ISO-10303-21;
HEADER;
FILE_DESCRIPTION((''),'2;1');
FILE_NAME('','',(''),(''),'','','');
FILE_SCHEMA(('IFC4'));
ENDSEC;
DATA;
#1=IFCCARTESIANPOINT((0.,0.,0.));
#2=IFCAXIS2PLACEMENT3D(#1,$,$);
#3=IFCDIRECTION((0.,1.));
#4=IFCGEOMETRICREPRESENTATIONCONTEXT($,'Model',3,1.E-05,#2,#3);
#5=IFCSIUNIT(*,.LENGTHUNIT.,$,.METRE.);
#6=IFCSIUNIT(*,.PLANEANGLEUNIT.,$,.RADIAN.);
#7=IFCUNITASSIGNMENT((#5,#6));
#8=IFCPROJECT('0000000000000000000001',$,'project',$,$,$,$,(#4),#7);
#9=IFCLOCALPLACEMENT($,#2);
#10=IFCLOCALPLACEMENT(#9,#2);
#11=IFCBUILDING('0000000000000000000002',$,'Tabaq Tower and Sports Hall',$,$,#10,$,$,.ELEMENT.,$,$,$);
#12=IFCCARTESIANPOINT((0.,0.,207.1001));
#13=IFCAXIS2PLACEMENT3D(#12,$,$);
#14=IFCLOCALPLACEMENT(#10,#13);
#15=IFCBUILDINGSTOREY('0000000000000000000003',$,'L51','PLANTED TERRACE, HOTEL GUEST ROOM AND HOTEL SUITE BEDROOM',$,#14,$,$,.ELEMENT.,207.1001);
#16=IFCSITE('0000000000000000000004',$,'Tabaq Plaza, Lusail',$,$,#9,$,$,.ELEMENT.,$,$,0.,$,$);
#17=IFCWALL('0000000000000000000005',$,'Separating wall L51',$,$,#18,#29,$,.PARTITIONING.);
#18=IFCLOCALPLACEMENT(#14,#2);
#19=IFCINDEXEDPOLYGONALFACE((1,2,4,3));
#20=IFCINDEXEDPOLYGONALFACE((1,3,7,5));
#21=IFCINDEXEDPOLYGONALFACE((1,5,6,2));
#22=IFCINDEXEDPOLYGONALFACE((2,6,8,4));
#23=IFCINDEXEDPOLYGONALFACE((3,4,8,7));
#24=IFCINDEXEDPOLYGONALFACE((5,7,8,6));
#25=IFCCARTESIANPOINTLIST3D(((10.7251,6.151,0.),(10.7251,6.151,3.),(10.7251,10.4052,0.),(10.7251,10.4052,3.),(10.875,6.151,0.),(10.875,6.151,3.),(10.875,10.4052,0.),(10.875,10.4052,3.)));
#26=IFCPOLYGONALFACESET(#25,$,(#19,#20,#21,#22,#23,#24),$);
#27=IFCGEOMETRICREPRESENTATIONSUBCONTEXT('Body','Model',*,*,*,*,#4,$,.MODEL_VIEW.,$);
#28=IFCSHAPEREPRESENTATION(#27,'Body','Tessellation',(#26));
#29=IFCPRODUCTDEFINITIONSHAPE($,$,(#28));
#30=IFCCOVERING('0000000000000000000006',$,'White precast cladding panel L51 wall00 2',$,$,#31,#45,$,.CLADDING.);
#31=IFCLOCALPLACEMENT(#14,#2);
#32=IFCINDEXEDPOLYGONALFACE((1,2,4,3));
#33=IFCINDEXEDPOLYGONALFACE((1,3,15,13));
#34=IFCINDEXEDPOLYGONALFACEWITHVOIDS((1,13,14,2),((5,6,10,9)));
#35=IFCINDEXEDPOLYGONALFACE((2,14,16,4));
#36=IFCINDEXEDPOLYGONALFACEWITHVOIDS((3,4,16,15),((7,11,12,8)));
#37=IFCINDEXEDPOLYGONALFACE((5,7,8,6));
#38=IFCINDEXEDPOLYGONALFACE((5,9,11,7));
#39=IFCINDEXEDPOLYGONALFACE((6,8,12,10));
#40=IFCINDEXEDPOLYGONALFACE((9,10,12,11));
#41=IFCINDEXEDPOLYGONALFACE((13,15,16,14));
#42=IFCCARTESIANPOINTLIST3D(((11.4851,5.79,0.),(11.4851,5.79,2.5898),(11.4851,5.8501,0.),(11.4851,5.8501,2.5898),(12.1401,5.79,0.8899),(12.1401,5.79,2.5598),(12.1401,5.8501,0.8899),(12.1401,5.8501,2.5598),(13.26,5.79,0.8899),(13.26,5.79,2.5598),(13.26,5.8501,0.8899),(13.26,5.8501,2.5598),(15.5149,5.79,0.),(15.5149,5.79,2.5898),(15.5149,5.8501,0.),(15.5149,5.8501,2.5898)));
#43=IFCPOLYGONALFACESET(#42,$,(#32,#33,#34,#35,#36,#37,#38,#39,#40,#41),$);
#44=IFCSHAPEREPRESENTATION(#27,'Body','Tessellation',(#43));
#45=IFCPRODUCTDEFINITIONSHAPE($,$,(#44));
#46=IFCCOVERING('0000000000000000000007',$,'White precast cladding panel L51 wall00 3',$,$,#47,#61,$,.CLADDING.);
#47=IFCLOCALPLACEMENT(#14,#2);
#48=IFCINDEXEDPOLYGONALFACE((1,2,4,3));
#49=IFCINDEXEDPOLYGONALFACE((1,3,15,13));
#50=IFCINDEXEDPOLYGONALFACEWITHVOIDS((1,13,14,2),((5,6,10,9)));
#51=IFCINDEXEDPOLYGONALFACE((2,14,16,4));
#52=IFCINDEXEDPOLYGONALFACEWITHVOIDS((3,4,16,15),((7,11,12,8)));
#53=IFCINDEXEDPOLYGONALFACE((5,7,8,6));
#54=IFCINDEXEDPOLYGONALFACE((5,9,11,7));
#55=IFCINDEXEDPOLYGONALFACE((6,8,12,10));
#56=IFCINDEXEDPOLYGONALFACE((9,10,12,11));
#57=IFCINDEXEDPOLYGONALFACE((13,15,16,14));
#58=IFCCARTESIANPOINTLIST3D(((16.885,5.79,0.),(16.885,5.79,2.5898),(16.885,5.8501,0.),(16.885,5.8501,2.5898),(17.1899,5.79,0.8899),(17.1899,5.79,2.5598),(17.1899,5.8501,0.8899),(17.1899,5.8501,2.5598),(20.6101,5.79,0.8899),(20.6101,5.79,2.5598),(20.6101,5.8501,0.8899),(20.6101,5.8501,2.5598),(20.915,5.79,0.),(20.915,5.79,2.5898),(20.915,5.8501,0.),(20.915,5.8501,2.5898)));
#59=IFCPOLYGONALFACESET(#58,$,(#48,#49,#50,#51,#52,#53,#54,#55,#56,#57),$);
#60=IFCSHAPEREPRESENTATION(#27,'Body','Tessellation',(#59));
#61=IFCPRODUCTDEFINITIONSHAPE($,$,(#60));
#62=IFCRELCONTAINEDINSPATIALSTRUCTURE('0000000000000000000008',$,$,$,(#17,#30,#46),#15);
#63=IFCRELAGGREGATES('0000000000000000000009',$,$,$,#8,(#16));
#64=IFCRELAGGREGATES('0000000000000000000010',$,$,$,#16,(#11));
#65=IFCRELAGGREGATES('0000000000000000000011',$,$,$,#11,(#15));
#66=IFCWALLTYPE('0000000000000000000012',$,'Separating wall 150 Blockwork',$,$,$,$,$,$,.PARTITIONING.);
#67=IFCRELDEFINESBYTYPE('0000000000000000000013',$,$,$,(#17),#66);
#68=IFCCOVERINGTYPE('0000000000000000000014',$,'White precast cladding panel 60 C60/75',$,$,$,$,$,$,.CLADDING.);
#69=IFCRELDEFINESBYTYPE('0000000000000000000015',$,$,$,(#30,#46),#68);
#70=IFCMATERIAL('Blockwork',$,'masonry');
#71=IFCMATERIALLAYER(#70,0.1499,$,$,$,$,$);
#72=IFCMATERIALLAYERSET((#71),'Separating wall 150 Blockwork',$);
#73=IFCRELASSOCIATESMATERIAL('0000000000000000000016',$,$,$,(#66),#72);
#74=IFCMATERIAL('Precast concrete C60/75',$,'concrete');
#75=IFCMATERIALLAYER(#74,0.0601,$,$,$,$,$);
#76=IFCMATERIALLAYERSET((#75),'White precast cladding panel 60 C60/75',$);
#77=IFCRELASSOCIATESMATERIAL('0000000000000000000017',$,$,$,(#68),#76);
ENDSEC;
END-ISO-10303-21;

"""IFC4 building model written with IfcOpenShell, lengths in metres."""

from ifc_helpers import new_model, si_unit, direction, frame, frame_2d, origin, place, context, subcontext, project, spatial, polyline, rectangle, outline, extrude, material, layer, layer_set, type_object, element, save


model = new_model("IFC4")

# Units and contexts
model_context = context("Model", 3, precision=1e-05, world=origin(), true_north=direction((0.0, 1.0)))
body_context = subcontext(model_context, "Body", "Model", "MODEL_VIEW")
ifc_project = project(units=[si_unit("LENGTHUNIT", "METRE"), si_unit("PLANEANGLEUNIT", "RADIAN")], contexts=[model_context])

# Site, building, storey
site_placement = place(None, origin())
site = spatial("IfcSite", under=ifc_project, at=site_placement, Name="Tabaq Plaza, Lusail", CompositionType="ELEMENT", RefElevation=0.0)
building_placement = place(site_placement, origin())
building = spatial("IfcBuilding", under=site, at=building_placement, Name="Tabaq Tower and Sports Hall", CompositionType="ELEMENT")
storey_placement = place(building_placement, frame((0.0, 0.0, 207.1001)))
storey = spatial("IfcBuildingStorey", under=building, at=storey_placement, Name="L51", Description="PLANTED TERRACE, HOTEL GUEST ROOM AND HOTEL SUITE BEDROOM", CompositionType="ELEMENT", Elevation=207.1001)

# Wall
ifc_material_1 = material(Name="Blockwork", Category="masonry")
ifc_layer_1 = layer(ifc_material_1, 0.1499)
ifc_layer_set_1 = layer_set([ifc_layer_1], Name="Separating wall 150 Blockwork")
wall_type_1 = type_object("IfcWallType", Name="Separating wall 150 Blockwork", PredefinedType="PARTITIONING", material=ifc_layer_set_1)
for number, where, z_axis, x_axis, name in (
    (1, (10.8, 10.405, 0.0), (0.0, 0.0, 1.0), (0.0, -1.0, 0.0), "Separating wall L51"),
):
    element("IfcWall", number, at=place(storey_placement, frame(where, z_axis=z_axis, x_axis=x_axis)), inside=storey, type_object=wall_type_1, Name=name, PredefinedType="PARTITIONING", context=body_context, shape_type="SweptSolid", body=[
        extrude(rectangle(XDim=4.2542, YDim=0.1499, at=frame_2d((2.127, 0.0))), origin(), (0.0, 0.0, 1.0), 3.0),
    ])

# Coverings
ifc_material_2 = material(Name="Precast concrete C60/75", Category="concrete")
ifc_layer_2 = layer(ifc_material_2, 0.0601)
ifc_layer_set_2 = layer_set([ifc_layer_2], Name="White precast cladding panel 60 C60/75")
covering_type = type_object("IfcCoveringType", Name="White precast cladding panel 60 C60/75", PredefinedType="CLADDING", material=ifc_layer_set_2)
covering_1_placement = place(storey_placement, frame((11.4851, 5.8201, 0.0), z_axis=(0.0, 0.0, 1.0), x_axis=(1.0, 0.0, 0.0)))
element("IfcCovering", 2, at=covering_1_placement, inside=storey, type_object=covering_type, Name="White precast cladding panel L51 wall00 2", PredefinedType="CLADDING", context=body_context, shape_type="SweptSolid", body=[
    extrude(outline(polyline([(0.0, 0.0), (4.0298, 0.0), (4.0298, 2.5898), (0.0, 2.5898), (0.0, 0.0)]), holes=[polyline([(1.7749, 0.8899), (0.655, 0.8899), (0.655, 2.5598), (1.7749, 2.5598), (1.7749, 0.8899)])]), frame((0.0, 0.03, 0.0), z_axis=(0.0, -1.0, 0.0), x_axis=(1.0, 0.0, 0.0)), (0.0, 0.0, 1.0), 0.0601),
])
covering_2_placement = place(storey_placement, frame((16.885, 5.8201, 0.0), z_axis=(0.0, 0.0, 1.0), x_axis=(1.0, 0.0, 0.0)))
element("IfcCovering", 3, at=covering_2_placement, inside=storey, type_object=covering_type, Name="White precast cladding panel L51 wall00 3", PredefinedType="CLADDING", context=body_context, shape_type="SweptSolid", body=[
    extrude(outline(polyline([(0.0, 0.0), (4.03, 0.0), (4.03, 2.5898), (0.0, 2.5898), (0.0, 0.0)]), holes=[polyline([(3.7251, 0.8899), (0.3049, 0.8899), (0.3049, 2.5598), (3.7251, 2.5598), (3.7251, 0.8899)])]), frame((0.0, 0.03, 0.0), z_axis=(0.0, -1.0, 0.0), x_axis=(1.0, 0.0, 0.0)), (0.0, 0.0, 1.0), 0.0601),
])

save(model, "model.ifc")
